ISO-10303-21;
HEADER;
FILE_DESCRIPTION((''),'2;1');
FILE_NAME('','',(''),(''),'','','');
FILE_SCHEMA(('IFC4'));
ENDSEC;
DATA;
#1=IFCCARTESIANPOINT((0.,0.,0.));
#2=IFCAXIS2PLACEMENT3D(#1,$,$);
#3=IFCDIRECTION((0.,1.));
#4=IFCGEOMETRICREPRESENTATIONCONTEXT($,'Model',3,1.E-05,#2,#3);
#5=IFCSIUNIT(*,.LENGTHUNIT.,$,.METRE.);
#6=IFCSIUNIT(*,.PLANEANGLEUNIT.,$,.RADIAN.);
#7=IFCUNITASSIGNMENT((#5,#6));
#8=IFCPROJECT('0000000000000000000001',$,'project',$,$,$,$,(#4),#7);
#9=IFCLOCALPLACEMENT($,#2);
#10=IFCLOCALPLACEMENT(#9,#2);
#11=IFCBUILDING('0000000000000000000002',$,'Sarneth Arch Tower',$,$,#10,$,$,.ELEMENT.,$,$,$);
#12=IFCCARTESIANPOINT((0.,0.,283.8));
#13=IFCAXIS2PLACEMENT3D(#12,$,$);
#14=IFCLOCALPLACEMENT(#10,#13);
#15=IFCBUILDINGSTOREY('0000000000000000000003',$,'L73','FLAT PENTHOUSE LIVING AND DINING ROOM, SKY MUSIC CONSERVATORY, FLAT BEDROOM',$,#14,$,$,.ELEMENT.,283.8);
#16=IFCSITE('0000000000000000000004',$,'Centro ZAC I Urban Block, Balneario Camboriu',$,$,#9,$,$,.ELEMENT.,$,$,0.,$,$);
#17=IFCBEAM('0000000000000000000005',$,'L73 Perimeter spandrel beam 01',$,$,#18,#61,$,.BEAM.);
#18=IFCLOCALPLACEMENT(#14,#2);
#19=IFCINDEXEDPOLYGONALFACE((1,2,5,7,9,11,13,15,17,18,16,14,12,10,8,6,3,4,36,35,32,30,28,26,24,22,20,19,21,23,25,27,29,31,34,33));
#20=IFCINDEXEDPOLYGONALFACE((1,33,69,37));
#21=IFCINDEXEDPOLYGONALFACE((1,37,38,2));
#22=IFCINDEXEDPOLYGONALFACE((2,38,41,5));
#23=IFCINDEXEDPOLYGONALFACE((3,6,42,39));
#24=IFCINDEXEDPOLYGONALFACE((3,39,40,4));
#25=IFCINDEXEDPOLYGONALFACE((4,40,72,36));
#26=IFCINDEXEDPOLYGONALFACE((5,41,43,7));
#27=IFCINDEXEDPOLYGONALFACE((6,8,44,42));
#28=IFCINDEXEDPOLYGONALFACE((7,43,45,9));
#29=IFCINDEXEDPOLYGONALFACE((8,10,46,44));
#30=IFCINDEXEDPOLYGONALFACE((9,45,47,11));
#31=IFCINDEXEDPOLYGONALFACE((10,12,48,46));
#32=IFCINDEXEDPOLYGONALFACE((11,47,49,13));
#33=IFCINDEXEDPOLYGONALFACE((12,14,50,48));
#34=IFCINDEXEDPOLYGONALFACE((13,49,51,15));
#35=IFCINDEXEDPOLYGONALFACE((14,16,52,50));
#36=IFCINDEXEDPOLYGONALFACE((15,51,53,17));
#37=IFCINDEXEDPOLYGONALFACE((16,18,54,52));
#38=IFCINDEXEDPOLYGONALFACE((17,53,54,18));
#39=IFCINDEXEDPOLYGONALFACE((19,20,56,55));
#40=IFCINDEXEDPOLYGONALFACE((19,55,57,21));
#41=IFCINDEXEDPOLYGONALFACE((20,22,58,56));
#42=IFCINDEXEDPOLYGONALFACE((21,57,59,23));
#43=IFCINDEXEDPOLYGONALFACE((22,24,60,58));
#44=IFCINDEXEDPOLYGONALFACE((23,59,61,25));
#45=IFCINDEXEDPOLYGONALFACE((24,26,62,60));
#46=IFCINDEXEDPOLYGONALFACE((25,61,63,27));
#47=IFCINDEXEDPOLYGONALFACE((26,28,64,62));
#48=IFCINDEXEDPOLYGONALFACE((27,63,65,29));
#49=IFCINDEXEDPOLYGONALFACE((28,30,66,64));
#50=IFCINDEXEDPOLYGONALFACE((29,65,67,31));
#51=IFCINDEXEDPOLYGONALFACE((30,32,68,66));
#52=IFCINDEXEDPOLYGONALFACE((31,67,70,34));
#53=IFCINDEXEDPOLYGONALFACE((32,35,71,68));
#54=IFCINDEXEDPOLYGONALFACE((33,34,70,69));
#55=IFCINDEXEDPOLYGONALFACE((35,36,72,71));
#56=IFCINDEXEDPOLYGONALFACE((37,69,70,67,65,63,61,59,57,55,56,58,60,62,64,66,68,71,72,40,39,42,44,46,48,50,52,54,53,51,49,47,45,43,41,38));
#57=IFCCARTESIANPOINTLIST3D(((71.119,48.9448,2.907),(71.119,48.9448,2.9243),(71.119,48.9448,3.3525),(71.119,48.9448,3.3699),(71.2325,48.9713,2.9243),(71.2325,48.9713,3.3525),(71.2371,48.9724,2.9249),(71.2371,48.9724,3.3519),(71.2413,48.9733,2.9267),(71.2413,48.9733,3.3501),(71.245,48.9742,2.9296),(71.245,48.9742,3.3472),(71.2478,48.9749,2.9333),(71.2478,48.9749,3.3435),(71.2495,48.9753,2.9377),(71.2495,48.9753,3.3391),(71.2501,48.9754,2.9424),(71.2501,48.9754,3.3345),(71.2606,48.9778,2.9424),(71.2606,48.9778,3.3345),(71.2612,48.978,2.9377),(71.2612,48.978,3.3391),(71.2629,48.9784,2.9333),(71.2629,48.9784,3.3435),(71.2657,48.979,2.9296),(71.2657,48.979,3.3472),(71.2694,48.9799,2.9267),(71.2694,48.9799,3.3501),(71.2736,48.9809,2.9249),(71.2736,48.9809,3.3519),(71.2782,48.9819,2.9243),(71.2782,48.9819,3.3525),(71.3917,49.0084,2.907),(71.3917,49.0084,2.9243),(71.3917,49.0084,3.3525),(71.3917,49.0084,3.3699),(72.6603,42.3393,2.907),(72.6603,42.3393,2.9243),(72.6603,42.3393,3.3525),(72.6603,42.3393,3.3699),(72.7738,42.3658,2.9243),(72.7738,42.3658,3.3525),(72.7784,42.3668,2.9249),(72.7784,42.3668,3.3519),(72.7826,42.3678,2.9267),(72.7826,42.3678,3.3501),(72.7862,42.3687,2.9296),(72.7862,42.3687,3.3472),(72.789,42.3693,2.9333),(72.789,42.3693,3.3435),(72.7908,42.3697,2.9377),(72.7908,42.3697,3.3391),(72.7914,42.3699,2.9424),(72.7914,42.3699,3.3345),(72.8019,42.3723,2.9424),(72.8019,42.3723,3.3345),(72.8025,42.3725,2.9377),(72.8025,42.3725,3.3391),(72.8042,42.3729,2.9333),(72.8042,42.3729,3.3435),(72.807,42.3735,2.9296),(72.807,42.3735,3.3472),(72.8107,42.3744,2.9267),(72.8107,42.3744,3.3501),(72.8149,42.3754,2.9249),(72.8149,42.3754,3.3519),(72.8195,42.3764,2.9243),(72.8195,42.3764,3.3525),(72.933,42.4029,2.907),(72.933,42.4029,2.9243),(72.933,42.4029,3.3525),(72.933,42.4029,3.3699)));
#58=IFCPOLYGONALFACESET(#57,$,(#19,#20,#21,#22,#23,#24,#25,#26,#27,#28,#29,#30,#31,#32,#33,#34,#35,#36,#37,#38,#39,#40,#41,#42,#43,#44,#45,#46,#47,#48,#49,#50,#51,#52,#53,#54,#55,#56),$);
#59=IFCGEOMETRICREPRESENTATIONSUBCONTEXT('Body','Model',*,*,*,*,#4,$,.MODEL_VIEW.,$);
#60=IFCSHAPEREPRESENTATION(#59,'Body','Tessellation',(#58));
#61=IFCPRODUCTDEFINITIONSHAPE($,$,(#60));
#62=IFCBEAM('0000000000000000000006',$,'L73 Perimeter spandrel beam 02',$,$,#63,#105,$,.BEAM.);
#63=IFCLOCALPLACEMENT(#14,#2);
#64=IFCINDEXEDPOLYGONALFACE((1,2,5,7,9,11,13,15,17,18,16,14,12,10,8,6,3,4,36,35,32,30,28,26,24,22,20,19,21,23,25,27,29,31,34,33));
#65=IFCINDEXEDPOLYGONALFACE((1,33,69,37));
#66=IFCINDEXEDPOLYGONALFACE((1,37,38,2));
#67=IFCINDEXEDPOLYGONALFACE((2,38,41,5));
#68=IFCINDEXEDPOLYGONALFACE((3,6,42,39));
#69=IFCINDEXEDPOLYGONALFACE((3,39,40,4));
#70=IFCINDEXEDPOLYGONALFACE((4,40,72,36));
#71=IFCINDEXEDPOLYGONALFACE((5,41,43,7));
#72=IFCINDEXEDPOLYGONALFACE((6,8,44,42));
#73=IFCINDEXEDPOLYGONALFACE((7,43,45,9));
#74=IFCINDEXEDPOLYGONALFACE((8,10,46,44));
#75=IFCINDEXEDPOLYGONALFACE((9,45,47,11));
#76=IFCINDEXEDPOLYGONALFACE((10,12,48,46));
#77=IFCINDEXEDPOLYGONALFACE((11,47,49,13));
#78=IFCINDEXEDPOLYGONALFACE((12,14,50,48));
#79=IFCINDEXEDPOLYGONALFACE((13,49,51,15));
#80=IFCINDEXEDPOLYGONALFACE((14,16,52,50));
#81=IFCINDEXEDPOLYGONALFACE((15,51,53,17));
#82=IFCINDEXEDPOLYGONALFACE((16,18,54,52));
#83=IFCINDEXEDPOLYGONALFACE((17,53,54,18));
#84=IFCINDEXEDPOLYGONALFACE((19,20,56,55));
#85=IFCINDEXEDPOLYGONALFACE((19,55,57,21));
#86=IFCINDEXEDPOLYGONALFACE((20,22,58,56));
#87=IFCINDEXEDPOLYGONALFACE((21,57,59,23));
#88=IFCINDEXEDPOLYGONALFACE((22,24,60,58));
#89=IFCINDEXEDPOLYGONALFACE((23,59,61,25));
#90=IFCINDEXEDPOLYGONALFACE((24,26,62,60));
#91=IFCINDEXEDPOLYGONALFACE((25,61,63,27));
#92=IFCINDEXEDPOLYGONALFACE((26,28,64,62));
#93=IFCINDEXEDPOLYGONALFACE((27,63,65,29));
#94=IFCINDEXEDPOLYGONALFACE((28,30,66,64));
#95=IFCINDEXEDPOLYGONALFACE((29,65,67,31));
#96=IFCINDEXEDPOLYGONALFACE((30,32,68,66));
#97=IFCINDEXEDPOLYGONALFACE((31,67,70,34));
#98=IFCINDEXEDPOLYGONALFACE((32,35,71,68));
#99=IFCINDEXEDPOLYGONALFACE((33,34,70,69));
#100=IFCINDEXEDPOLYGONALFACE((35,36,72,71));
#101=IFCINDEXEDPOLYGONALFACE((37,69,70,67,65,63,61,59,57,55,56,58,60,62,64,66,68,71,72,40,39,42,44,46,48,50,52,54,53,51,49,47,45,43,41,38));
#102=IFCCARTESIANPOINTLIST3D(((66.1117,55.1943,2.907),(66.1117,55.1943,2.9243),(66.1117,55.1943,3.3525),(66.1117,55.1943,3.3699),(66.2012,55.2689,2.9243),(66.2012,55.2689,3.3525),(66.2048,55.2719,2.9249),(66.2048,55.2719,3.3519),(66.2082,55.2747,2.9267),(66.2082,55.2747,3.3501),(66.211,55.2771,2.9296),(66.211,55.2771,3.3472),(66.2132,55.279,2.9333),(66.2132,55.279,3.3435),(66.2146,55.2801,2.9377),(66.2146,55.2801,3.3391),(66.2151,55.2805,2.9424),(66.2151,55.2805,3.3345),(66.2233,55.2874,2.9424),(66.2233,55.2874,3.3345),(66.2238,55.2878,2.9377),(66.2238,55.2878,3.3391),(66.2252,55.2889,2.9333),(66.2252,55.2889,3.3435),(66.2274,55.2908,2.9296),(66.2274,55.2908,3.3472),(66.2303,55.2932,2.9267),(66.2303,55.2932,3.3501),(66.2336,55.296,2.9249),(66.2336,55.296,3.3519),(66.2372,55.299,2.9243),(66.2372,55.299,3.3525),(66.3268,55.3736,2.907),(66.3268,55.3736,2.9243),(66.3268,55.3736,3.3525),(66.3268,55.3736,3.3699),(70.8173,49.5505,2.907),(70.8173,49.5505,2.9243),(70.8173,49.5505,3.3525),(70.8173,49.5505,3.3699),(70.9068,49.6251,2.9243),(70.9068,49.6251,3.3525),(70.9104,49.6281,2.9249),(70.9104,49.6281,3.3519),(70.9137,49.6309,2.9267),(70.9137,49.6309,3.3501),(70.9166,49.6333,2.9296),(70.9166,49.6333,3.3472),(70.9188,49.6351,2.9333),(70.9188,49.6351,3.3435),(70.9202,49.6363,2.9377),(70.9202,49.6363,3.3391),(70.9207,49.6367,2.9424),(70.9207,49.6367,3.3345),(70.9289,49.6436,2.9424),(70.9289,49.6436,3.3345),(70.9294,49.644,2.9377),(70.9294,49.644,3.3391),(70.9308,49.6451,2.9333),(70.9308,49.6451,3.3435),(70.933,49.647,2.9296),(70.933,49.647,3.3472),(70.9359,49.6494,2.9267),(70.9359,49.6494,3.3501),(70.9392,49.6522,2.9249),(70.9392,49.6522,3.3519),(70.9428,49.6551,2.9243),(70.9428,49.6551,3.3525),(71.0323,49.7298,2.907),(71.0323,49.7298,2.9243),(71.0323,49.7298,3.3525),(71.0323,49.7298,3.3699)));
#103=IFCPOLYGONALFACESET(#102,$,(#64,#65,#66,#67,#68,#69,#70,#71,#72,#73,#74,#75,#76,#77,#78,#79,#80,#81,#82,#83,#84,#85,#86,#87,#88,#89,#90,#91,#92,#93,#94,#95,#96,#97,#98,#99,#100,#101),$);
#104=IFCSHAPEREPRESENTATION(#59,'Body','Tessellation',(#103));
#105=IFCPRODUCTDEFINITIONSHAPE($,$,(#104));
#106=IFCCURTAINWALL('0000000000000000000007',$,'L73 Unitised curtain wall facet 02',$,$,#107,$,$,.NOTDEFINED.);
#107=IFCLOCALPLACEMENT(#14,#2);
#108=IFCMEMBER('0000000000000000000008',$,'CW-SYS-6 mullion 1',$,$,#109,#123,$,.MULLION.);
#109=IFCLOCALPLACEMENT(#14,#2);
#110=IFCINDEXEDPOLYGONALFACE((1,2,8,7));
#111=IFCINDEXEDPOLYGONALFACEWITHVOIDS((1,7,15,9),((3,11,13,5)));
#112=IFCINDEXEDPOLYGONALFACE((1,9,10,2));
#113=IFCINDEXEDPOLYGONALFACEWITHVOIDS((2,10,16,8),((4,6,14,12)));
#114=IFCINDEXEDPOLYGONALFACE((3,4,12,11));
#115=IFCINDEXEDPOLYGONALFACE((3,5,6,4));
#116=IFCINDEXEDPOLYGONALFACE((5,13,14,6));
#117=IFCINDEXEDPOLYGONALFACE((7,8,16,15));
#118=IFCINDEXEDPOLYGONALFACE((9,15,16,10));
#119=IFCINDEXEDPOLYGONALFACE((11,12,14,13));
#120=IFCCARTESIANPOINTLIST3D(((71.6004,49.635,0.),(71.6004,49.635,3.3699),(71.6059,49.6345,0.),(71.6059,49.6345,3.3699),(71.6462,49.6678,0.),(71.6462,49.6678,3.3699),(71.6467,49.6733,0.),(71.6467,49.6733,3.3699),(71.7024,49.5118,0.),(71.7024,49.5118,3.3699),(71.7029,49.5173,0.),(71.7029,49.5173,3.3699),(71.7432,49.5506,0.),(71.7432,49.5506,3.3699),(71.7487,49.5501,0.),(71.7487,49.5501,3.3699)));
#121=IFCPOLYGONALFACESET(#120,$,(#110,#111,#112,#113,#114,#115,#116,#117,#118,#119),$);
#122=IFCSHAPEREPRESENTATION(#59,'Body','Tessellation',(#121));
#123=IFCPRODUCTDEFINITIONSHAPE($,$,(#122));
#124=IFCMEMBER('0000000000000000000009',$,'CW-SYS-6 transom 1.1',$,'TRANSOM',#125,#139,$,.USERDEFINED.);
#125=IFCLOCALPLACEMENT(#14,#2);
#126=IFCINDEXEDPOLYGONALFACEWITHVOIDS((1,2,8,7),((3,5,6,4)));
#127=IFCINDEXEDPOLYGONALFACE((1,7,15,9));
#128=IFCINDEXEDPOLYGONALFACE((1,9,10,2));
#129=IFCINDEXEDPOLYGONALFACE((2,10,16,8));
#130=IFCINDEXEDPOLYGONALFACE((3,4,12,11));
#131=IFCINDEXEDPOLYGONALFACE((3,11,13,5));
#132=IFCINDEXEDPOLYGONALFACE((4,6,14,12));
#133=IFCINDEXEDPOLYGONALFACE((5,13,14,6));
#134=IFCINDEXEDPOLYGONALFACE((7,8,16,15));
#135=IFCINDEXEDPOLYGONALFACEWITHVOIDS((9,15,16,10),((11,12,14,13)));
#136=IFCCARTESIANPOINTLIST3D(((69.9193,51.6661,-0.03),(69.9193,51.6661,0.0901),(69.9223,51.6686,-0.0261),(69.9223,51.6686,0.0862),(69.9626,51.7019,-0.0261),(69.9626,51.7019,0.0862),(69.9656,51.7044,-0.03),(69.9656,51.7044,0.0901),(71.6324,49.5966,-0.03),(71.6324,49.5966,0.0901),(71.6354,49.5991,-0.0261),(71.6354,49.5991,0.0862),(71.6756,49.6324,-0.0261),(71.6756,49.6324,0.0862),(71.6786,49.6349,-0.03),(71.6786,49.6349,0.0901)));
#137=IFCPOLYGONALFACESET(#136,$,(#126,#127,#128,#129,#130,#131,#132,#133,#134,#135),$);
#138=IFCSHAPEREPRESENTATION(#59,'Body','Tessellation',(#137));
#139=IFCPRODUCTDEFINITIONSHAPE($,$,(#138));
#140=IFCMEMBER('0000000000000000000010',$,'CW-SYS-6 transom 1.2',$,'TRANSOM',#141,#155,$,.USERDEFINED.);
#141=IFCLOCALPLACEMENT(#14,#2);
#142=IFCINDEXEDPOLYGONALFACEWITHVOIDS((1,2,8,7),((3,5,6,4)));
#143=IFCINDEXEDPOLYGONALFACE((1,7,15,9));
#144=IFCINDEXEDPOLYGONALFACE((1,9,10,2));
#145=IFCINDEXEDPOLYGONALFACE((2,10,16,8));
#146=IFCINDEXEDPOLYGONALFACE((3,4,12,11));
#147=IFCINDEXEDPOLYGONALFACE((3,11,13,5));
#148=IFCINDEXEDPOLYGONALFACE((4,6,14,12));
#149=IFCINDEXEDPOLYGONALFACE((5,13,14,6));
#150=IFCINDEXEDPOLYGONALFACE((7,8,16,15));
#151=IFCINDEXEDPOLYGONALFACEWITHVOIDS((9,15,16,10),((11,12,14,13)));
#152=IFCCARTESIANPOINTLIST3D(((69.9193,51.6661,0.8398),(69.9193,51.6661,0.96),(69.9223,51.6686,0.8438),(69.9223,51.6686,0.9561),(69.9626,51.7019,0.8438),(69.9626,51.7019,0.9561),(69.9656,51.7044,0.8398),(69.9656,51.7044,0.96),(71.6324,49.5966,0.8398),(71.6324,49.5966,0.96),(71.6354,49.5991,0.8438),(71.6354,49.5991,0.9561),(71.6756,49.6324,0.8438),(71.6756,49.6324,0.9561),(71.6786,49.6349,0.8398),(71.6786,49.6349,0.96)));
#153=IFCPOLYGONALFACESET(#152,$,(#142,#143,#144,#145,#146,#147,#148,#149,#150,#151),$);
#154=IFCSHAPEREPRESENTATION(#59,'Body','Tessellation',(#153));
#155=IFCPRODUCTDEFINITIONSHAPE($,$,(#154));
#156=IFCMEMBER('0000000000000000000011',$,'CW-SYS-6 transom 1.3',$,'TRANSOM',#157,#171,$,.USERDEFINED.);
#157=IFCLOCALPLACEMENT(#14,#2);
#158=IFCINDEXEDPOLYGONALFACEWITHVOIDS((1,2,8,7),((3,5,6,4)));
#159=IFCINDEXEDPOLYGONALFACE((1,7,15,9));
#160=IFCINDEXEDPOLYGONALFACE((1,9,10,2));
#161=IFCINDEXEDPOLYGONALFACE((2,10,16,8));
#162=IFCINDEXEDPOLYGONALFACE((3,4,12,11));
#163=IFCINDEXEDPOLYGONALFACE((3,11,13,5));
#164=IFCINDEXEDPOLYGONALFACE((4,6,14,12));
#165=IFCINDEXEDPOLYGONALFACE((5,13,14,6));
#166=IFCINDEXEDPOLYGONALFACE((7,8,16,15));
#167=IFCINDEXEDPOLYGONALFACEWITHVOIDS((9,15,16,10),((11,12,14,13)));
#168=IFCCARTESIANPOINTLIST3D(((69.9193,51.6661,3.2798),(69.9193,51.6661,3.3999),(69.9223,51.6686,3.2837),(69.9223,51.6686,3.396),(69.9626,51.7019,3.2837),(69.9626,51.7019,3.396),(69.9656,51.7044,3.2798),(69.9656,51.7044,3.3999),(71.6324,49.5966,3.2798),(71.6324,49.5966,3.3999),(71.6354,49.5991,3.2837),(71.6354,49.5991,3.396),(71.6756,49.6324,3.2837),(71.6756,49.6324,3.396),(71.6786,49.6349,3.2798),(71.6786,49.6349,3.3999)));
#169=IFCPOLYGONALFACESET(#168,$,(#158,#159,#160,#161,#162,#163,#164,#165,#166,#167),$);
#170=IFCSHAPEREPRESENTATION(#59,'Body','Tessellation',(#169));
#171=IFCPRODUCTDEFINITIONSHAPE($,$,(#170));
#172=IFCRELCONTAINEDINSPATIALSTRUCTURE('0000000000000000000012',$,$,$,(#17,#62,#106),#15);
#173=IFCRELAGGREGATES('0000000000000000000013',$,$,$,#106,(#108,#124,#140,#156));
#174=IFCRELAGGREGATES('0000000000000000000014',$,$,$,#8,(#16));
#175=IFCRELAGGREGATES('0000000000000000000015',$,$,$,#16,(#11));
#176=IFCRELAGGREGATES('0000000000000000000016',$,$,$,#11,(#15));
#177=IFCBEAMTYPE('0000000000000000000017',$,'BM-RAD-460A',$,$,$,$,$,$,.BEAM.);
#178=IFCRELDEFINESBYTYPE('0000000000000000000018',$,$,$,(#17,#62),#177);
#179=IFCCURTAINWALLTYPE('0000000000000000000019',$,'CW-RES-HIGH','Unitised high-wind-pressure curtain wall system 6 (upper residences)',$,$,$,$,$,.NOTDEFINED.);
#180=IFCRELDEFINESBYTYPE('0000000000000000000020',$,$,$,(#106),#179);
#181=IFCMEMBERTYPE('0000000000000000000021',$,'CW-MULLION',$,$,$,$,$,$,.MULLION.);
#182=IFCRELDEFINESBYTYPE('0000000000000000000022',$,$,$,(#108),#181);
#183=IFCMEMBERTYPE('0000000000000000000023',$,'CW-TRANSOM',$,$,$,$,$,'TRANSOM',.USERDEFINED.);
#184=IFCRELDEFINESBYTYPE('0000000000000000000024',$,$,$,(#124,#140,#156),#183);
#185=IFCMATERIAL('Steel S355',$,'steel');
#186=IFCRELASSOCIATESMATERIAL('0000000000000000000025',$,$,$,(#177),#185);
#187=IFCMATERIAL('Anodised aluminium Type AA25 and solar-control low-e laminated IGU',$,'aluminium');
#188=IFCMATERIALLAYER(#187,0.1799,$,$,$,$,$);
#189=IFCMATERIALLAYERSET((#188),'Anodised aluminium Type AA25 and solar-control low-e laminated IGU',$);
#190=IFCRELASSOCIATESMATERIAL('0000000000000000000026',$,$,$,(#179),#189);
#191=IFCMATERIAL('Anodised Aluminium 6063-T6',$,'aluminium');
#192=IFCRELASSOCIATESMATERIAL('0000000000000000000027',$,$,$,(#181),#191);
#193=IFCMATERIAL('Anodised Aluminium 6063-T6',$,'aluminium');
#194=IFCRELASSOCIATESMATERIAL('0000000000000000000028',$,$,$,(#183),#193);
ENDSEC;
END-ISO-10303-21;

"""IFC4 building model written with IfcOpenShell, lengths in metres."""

from ifc_helpers import new_model, si_unit, direction, frame, origin, origin_2d, place, context, subcontext, project, spatial, hollow_rectangle, i_section, extrude, material, layer, layer_set, material_profile, profile_set, type_object, element, aggregate, save


model = new_model("IFC4")

# Units and contexts
model_context = context("Model", 3, precision=1e-05, world=origin(), true_north=direction((0.0, 1.0)))
body_context = subcontext(model_context, "Body", "Model", "MODEL_VIEW")
ifc_project = project(units=[si_unit("LENGTHUNIT", "METRE"), si_unit("PLANEANGLEUNIT", "RADIAN")], contexts=[model_context])

# Site, building, storey
site_placement = place(None, origin())
site = spatial("IfcSite", under=ifc_project, at=site_placement, Name="Centro ZAC I Urban Block, Balneario Camboriu", CompositionType="ELEMENT", RefElevation=0.0)
building_placement = place(site_placement, origin())
building = spatial("IfcBuilding", under=site, at=building_placement, Name="Sarneth Arch Tower", CompositionType="ELEMENT")
storey_placement = place(building_placement, frame((0.0, 0.0, 283.8)))
storey = spatial("IfcBuildingStorey", under=building, at=storey_placement, Name="L73", Description="FLAT PENTHOUSE LIVING AND DINING ROOM, SKY MUSIC CONSERVATORY, FLAT BEDROOM", CompositionType="ELEMENT", Elevation=283.8)

# Beams
ifc_material_1 = material(Name="Steel S355", Category="steel")
ifc_material_profile_1 = material_profile(ifc_material_1, i_section(OverallWidth=0.28, OverallDepth=0.4629, WebThickness=0.0107, FlangeThickness=0.0173, FilletRadius=0.0181, at=origin_2d()), Name="W460x113")
ifc_profile_set_1 = profile_set([ifc_material_profile_1], Name="Steel S355")
beam_type_1 = type_object("IfcBeamType", Name="BM-RAD-460A", PredefinedType="BEAM", material=ifc_profile_set_1)
beam_1_placement = place(storey_placement, frame((72.7966, 42.3711, 3.1384), z_axis=(-0.227227, 0.973842, 0.0), x_axis=(-0.973842, -0.227227, 0.0)))
element("IfcBeam", 1, at=beam_1_placement, inside=storey, type_object=beam_type_1, Name="L73 Perimeter spandrel beam 01", PredefinedType="BEAM", context=body_context, shape_type="SweptSolid", body=[
    extrude(i_section(OverallWidth=0.28, OverallDepth=0.4629, WebThickness=0.0107, FlangeThickness=0.0173, FilletRadius=0.0181, at=origin_2d()), origin(), (0.0, 0.0, 1.0), 6.783),
])
beam_2_placement = place(storey_placement, frame((70.9248, 49.6401, 3.1384), z_axis=(-0.640377, 0.768061, 0.0), x_axis=(-0.768061, -0.640377, 0.0)))
element("IfcBeam", 2, at=beam_2_placement, inside=storey, type_object=beam_type_1, Name="L73 Perimeter spandrel beam 02", PredefinedType="BEAM", context=body_context, shape_type="SweptSolid", body=[
    extrude(i_section(OverallWidth=0.28, OverallDepth=0.4629, WebThickness=0.0107, FlangeThickness=0.0173, FilletRadius=0.0181, at=origin_2d()), origin(), (0.0, 0.0, 1.0), 7.3481),
])

# Curtain wall, members
ifc_material_2 = material(Name="Anodised aluminium Type AA25 and solar-control low-e laminated IGU", Category="aluminium")
ifc_layer_1 = layer(ifc_material_2, 0.1799)
ifc_layer_set_1 = layer_set([ifc_layer_1], Name="Anodised aluminium Type AA25 and solar-control low-e laminated IGU")
curtain_wall_type = type_object("IfcCurtainWallType", Name="CW-RES-HIGH", Description="Unitised high-wind-pressure curtain wall system 6 (upper residences)", PredefinedType="NOTDEFINED", material=ifc_layer_set_1)
curtain_wall_placement = place(storey_placement, origin())
curtain_wall = element("IfcCurtainWall", 3, at=curtain_wall_placement, inside=storey, type_object=curtain_wall_type, Name="L73 Unitised curtain wall facet 02", PredefinedType="NOTDEFINED")
ifc_material_3 = material(Name="Anodised Aluminium 6063-T6", Category="aluminium")
ifc_material_profile_2 = material_profile(ifc_material_3, hollow_rectangle(XDim=0.0601, YDim=0.1599, WallThickness=0.0039, at=origin_2d()), Name="AL-MULL-160x60x4")
ifc_profile_set_2 = profile_set([ifc_material_profile_2], Name="Anodised Aluminium 6063-T6")
member_type_1 = type_object("IfcMemberType", Name="CW-MULLION", PredefinedType="MULLION", material=ifc_profile_set_2)
member_1_placement = place(storey_placement, frame((71.6746, 49.5925, 0.0), z_axis=(0.0, 0.0, 1.0), x_axis=(-0.770359, -0.63761, 0.0)))
member_1 = element("IfcMember", 4, at=member_1_placement, type_object=member_type_1, Name="CW-SYS-6 mullion 1", PredefinedType="MULLION", context=body_context, shape_type="SweptSolid", body=[
    extrude(hollow_rectangle(XDim=0.0601, YDim=0.1599, WallThickness=0.0039, at=origin_2d()), origin(), (0.0, 0.0, 1.0), 3.3699),
])
ifc_material_4 = material(Name="Anodised Aluminium 6063-T6", Category="aluminium")
ifc_material_profile_3 = material_profile(ifc_material_4, hollow_rectangle(XDim=0.0601, YDim=0.1201, WallThickness=0.0039, at=origin_2d()), Name="AL-TRAN-120x60x4")
ifc_profile_set_3 = profile_set([ifc_material_profile_3], Name="Anodised Aluminium 6063-T6")
member_type_2 = type_object("IfcMemberType", Name="CW-TRANSOM", ElementType="TRANSOM", PredefinedType="USERDEFINED", material=ifc_profile_set_3)
member_2_placement = place(storey_placement, frame((71.6555, 49.6157, 0.03), z_axis=(-0.637651, 0.770325, 0.0), x_axis=(-0.770325, -0.637651, 0.0)))
member_2 = element("IfcMember", 5, at=member_2_placement, type_object=member_type_2, Name="CW-SYS-6 transom 1.1", ObjectType="TRANSOM", PredefinedType="USERDEFINED", context=body_context, shape_type="SweptSolid", body=[
    extrude(hollow_rectangle(XDim=0.0601, YDim=0.1201, WallThickness=0.0039, at=origin_2d()), origin(), (0.0, 0.0, 1.0), 2.6865),
])
member_3_placement = place(storey_placement, frame((71.6555, 49.6157, 0.8999), z_axis=(-0.637651, 0.770325, 0.0), x_axis=(-0.770325, -0.637651, 0.0)))
member_3 = element("IfcMember", 6, at=member_3_placement, type_object=member_type_2, Name="CW-SYS-6 transom 1.2", ObjectType="TRANSOM", PredefinedType="USERDEFINED", context=body_context, shape_type="SweptSolid", body=[
    extrude(hollow_rectangle(XDim=0.0601, YDim=0.1201, WallThickness=0.0039, at=origin_2d()), origin(), (0.0, 0.0, 1.0), 2.6865),
])
member_4_placement = place(storey_placement, frame((71.6555, 49.6157, 3.3398), z_axis=(-0.637651, 0.770325, 0.0), x_axis=(-0.770325, -0.637651, 0.0)))
member_4 = element("IfcMember", 7, at=member_4_placement, type_object=member_type_2, Name="CW-SYS-6 transom 1.3", ObjectType="TRANSOM", PredefinedType="USERDEFINED", context=body_context, shape_type="SweptSolid", body=[
    extrude(hollow_rectangle(XDim=0.0601, YDim=0.1201, WallThickness=0.0039, at=origin_2d()), origin(), (0.0, 0.0, 1.0), 2.6865),
])

aggregate(curtain_wall, [member_1, member_2, member_3, member_4])

save(model, "model.ifc")
